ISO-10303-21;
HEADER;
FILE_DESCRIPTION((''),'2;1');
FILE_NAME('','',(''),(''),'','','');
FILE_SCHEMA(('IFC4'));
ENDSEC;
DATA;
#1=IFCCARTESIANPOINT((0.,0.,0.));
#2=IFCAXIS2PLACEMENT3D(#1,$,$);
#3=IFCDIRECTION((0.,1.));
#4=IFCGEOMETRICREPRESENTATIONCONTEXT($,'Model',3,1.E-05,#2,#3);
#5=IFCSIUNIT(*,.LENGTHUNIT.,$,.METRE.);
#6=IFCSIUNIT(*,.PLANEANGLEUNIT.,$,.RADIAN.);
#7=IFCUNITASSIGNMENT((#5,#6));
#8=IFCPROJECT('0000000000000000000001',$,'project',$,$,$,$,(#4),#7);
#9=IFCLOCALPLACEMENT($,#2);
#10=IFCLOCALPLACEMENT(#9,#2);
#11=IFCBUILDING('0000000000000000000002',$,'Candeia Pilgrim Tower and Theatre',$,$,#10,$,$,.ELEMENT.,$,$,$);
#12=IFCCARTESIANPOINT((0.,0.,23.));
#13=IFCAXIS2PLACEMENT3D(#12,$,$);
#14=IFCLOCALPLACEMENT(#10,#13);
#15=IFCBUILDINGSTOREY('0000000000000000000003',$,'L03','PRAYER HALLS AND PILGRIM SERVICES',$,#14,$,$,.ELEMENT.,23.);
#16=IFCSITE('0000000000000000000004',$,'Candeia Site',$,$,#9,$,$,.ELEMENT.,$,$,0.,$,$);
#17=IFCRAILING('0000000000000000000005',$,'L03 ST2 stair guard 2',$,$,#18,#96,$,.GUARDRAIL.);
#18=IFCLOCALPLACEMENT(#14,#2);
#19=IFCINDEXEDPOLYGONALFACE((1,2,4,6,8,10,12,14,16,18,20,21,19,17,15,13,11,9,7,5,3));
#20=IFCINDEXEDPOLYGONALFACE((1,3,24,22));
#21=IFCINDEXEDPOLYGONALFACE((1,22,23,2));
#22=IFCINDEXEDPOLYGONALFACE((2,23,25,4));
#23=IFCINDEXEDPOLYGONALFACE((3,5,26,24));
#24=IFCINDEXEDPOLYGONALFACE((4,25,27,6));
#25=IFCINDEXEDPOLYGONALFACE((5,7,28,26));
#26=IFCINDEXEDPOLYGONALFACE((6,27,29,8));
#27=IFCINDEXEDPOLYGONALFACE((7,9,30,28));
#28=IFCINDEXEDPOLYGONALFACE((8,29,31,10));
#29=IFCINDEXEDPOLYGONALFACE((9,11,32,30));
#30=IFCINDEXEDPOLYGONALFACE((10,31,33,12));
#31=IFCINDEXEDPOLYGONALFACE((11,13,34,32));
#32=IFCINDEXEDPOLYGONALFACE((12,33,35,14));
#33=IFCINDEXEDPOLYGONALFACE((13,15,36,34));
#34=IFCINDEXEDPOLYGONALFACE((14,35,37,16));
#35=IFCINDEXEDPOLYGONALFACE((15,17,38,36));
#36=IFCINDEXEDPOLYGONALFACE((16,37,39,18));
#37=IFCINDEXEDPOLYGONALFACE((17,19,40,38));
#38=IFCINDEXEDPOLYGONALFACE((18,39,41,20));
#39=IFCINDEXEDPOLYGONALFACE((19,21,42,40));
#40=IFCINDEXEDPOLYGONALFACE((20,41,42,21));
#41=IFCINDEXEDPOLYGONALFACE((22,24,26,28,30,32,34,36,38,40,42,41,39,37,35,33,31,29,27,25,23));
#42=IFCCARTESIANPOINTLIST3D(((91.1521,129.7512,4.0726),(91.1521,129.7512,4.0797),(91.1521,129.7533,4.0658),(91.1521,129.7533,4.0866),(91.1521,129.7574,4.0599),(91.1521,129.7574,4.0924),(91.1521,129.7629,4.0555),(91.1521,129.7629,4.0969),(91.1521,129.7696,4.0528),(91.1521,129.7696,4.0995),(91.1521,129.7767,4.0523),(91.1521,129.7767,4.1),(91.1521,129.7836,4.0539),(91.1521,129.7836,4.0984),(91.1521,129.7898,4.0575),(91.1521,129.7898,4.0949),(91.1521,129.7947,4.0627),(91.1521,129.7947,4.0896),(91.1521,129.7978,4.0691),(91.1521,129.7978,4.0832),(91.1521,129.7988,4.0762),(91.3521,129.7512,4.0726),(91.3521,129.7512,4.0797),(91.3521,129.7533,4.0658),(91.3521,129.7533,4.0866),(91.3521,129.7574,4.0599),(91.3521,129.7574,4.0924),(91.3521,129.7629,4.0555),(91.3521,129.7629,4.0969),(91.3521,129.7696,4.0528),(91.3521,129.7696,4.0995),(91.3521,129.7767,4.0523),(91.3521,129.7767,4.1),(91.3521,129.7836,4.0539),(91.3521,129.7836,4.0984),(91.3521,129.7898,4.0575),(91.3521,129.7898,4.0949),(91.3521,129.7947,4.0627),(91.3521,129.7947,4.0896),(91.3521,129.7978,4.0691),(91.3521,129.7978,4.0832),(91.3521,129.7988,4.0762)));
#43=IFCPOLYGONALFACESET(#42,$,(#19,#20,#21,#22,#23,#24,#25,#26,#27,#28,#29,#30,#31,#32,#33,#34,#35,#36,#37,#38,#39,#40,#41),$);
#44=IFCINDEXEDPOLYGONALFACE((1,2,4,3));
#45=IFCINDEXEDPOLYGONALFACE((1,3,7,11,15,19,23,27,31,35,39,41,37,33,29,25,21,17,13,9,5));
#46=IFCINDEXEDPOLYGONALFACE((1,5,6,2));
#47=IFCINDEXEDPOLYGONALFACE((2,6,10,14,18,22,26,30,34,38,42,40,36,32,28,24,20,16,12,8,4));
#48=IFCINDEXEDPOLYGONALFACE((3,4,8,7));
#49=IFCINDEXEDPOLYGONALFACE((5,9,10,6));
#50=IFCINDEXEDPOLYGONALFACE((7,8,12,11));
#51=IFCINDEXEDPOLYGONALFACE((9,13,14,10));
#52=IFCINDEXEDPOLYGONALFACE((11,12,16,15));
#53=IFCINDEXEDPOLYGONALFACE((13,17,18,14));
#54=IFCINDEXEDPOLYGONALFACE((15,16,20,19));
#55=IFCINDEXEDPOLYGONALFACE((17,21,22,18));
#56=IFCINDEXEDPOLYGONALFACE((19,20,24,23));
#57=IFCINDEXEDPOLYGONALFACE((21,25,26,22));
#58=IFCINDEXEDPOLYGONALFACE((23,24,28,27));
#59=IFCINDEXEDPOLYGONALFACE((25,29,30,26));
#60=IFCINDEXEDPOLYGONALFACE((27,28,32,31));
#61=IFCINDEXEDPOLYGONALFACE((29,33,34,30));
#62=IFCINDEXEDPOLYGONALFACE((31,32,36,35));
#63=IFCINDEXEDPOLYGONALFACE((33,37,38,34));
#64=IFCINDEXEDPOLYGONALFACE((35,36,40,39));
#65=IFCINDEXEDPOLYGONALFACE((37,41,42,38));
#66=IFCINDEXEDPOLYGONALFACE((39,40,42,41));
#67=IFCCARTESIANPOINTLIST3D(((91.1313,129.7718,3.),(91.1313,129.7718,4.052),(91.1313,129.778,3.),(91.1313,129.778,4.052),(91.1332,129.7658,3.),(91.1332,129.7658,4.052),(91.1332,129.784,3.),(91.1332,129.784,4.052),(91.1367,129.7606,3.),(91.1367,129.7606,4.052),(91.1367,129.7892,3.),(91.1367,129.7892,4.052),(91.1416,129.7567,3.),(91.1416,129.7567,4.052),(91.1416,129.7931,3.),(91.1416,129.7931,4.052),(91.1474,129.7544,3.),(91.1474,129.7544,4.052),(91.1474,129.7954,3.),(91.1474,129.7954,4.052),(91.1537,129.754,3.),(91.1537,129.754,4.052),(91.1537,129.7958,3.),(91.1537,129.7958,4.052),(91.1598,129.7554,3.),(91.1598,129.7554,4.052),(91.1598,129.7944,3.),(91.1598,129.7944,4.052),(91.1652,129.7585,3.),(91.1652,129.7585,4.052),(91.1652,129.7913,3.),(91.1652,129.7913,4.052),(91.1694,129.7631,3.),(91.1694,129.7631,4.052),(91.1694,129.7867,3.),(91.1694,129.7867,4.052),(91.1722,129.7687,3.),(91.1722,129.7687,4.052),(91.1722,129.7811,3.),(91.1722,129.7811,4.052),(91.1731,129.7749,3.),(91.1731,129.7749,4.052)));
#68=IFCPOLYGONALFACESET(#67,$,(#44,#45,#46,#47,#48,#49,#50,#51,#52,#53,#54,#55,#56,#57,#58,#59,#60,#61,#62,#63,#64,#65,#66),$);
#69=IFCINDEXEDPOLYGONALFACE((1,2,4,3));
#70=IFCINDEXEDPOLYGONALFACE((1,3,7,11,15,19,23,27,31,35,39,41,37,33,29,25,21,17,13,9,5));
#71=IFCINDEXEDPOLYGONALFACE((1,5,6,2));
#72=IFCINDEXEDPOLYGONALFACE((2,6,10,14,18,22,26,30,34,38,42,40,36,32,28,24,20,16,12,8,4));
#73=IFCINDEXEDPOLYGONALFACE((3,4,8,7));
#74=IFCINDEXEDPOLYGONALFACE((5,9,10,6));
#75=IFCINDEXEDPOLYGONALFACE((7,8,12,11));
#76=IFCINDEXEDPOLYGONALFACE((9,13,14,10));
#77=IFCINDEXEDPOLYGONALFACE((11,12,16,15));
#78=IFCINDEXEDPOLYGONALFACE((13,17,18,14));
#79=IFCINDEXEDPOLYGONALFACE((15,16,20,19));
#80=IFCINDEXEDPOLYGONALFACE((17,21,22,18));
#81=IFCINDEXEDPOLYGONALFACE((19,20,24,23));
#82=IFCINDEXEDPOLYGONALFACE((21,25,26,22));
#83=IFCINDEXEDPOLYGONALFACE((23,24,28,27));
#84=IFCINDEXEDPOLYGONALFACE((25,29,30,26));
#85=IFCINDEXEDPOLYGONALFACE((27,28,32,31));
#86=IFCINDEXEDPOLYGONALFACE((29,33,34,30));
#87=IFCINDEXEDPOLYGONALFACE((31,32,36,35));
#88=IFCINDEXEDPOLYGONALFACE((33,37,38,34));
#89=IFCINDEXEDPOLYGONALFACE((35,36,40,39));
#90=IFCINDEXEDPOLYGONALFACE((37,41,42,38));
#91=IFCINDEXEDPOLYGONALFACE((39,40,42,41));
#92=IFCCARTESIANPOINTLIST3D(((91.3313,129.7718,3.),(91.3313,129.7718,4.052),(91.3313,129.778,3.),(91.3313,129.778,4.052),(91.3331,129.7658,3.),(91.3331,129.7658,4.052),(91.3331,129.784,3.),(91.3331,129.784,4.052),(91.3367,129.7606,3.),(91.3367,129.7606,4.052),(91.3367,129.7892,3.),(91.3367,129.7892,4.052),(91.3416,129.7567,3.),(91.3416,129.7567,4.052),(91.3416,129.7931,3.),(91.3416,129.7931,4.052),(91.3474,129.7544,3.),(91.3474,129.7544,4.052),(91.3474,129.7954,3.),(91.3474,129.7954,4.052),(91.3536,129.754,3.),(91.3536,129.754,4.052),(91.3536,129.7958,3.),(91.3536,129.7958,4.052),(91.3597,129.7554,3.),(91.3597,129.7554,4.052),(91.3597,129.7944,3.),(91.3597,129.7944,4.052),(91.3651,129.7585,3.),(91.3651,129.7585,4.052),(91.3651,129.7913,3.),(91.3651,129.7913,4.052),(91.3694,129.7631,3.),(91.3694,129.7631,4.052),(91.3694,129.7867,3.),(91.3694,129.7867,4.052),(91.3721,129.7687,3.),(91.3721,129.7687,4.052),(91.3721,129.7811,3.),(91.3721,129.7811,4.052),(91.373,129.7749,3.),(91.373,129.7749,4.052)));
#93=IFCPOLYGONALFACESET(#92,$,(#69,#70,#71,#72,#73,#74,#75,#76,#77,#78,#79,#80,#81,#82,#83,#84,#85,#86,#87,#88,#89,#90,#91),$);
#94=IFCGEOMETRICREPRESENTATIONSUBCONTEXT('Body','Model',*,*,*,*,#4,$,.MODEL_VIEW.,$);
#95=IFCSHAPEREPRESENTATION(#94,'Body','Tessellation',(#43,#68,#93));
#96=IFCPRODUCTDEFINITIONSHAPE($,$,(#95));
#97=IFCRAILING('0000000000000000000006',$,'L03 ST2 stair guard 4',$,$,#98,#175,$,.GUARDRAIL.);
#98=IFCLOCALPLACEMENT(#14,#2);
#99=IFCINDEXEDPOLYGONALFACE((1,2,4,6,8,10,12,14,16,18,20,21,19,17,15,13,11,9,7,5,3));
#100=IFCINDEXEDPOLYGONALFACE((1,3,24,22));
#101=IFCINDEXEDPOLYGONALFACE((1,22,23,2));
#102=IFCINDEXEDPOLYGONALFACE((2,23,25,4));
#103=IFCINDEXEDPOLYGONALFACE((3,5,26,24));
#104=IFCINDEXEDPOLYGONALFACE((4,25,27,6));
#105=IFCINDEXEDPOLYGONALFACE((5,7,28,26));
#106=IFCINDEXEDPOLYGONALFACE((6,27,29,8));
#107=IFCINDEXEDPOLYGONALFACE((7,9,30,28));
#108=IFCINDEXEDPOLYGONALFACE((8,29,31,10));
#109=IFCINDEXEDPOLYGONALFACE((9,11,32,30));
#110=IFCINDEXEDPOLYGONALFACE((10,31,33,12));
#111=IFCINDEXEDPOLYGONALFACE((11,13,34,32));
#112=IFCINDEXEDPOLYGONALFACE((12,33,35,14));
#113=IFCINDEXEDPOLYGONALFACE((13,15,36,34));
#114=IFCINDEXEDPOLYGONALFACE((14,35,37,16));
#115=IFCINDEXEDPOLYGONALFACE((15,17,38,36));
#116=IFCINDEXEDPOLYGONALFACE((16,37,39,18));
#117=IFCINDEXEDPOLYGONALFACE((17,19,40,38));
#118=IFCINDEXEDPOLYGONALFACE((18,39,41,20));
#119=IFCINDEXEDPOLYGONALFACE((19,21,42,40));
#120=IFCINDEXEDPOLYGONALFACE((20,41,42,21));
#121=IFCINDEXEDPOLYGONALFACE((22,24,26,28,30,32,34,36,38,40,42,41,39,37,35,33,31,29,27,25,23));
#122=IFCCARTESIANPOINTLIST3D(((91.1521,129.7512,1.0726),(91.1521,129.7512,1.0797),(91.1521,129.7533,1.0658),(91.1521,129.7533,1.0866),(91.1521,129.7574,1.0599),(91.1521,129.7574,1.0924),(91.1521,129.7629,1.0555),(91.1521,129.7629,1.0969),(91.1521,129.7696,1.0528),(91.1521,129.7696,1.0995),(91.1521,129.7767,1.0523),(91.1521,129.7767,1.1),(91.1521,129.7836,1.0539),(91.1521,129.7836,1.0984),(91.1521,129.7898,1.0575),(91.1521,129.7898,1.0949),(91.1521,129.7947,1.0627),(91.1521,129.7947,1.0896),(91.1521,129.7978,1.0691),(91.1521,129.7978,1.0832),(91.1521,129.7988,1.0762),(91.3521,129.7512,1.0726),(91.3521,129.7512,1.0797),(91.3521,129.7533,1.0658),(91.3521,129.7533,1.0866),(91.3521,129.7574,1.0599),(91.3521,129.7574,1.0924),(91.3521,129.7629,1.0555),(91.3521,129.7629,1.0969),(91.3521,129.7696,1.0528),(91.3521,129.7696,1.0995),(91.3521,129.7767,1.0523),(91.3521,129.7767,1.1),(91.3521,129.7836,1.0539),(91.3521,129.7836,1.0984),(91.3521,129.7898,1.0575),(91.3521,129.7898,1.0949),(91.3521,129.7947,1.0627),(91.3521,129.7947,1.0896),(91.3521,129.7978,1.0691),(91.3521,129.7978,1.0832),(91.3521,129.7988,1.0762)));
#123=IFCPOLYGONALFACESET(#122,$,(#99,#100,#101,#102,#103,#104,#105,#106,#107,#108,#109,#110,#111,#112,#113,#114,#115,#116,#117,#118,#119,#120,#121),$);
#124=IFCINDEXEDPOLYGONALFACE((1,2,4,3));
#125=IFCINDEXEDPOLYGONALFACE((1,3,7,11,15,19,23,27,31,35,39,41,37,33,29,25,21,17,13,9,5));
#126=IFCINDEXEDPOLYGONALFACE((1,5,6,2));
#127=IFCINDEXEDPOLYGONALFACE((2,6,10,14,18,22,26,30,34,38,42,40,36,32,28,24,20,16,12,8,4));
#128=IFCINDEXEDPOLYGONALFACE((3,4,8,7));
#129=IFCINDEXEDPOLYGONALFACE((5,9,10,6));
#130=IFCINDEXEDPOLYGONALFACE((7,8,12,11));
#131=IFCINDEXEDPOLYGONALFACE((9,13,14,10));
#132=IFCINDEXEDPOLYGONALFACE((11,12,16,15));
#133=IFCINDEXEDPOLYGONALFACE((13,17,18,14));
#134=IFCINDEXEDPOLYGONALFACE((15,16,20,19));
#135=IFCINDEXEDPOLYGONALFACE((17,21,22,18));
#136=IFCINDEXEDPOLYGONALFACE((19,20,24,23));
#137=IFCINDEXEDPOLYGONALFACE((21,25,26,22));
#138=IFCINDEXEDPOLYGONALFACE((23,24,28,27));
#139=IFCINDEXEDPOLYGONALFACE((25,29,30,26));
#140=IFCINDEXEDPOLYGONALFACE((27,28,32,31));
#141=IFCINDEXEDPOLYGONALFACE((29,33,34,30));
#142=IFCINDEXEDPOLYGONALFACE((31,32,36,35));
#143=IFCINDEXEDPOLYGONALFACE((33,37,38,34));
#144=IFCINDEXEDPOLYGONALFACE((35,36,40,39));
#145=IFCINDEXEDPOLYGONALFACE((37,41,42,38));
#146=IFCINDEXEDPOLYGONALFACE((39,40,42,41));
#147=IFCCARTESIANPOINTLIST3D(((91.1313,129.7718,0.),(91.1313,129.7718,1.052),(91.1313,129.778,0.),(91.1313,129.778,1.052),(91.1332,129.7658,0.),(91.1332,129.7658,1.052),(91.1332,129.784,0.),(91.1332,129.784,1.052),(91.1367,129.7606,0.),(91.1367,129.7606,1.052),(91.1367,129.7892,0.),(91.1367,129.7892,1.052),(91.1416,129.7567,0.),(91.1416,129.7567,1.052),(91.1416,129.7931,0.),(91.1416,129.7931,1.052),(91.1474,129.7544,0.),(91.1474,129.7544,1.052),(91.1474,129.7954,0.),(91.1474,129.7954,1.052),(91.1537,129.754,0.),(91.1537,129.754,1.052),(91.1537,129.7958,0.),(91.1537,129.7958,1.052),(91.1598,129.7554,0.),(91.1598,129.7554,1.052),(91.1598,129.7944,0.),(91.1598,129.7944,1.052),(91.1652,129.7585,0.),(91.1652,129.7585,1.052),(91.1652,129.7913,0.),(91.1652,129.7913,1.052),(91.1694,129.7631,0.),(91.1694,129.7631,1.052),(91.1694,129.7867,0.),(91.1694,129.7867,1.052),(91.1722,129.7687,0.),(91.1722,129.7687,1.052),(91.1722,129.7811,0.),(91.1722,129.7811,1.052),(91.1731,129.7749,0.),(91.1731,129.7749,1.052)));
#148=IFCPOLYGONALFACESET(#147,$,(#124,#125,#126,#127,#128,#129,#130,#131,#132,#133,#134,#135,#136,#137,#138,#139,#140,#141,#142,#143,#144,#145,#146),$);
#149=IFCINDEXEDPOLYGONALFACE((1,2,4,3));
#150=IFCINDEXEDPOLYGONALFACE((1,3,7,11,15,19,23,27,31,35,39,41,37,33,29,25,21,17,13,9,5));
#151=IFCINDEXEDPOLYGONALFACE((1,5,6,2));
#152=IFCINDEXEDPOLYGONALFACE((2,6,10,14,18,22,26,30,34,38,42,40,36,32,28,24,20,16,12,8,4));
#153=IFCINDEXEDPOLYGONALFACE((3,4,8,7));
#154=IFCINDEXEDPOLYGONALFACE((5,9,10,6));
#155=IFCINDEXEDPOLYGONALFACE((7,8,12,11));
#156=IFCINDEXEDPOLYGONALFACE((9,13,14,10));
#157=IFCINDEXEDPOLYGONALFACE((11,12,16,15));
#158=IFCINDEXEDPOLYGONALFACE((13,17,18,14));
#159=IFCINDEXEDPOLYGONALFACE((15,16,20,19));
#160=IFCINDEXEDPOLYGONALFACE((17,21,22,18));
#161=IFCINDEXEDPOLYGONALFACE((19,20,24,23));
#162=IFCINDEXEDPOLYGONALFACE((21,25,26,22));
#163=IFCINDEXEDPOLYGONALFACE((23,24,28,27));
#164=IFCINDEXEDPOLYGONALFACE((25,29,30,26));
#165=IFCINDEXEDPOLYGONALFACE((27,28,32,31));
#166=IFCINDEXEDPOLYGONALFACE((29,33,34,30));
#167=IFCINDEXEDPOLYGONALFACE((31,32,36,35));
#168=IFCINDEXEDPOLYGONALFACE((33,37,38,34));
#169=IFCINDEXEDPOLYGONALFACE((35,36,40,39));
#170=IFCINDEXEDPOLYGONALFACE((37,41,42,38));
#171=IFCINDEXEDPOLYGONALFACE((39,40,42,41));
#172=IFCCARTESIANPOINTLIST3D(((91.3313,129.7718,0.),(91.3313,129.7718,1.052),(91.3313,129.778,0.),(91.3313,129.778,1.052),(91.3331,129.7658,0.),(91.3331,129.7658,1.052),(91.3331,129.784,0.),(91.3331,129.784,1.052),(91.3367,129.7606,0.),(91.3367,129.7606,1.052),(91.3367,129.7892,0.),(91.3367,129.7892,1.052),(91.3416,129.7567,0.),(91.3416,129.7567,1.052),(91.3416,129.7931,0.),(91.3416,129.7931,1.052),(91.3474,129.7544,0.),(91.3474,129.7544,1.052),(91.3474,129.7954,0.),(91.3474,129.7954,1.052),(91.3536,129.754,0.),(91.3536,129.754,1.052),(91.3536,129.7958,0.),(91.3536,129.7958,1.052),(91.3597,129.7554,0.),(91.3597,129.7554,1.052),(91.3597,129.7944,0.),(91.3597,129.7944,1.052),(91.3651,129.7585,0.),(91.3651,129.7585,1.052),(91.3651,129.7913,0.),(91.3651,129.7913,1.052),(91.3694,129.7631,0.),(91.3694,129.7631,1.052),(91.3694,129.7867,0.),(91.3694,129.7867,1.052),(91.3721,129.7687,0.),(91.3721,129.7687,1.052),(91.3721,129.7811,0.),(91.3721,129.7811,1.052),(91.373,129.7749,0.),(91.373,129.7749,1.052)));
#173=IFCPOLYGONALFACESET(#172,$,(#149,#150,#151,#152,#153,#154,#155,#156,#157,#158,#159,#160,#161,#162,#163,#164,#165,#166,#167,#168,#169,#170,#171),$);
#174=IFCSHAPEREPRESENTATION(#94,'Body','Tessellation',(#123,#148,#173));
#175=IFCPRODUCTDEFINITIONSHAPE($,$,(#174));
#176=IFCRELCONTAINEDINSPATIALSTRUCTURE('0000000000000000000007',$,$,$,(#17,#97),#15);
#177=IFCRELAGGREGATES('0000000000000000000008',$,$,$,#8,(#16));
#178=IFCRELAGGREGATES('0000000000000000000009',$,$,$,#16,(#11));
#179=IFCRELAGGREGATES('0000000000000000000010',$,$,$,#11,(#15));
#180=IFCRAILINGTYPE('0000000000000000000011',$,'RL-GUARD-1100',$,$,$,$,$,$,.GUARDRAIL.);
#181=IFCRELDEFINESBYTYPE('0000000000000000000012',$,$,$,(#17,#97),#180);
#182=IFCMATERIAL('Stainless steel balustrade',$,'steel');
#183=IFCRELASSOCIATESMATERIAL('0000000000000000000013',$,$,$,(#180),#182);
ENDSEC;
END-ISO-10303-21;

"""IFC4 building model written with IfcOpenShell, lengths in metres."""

from ifc_helpers import new_model, si_unit, direction, frame, origin, origin_2d, place, context, subcontext, project, spatial, circle, extrude, material, type_object, element, save


model = new_model("IFC4")

# Units and contexts
model_context = context("Model", 3, precision=1e-05, world=origin(), true_north=direction((0.0, 1.0)))
body_context = subcontext(model_context, "Body", "Model", "MODEL_VIEW")
ifc_project = project(units=[si_unit("LENGTHUNIT", "METRE"), si_unit("PLANEANGLEUNIT", "RADIAN")], contexts=[model_context])

# Site, building, storey
site_placement = place(None, origin())
site = spatial("IfcSite", under=ifc_project, at=site_placement, Name="Candeia Site", CompositionType="ELEMENT", RefElevation=0.0)
building_placement = place(site_placement, origin())
building = spatial("IfcBuilding", under=site, at=building_placement, Name="Candeia Pilgrim Tower and Theatre", CompositionType="ELEMENT")
storey_placement = place(building_placement, frame((0.0, 0.0, 23.0)))
storey = spatial("IfcBuildingStorey", under=building, at=storey_placement, Name="L03", Description="PRAYER HALLS AND PILGRIM SERVICES", CompositionType="ELEMENT", Elevation=23.0)

# Railings
ifc_material_1 = material(Name="Stainless steel balustrade", Category="steel")
railing_type_1 = type_object("IfcRailingType", Name="RL-GUARD-1100", PredefinedType="GUARDRAIL", material=ifc_material_1)
railing_1_placement = place(storey_placement, frame((91.1521, 129.7749, 3.0)))
element("IfcRailing", 1, at=railing_1_placement, inside=storey, type_object=railing_type_1, Name="L03 ST2 stair guard 2", PredefinedType="GUARDRAIL", context=body_context, shape_type="SweptSolid", body=[
    extrude(circle(Radius=0.0239, at=origin_2d()), frame((0.0, 0.0, 1.0762), z_axis=(1.0, 0.0, 0.0), x_axis=(0.0, 1.0, 0.0)), (0.0, 0.0, 1.0), 0.2),
    extrude(circle(Radius=0.021, at=origin_2d()), origin(), (0.0, 0.0, 1.0), 1.052),
    extrude(circle(Radius=0.021, at=origin_2d()), frame((0.2, 0.0, 0.0)), (0.0, 0.0, 1.0), 1.052),
])
railing_2_placement = place(storey_placement, frame((91.1521, 129.7749, 0.0)))
element("IfcRailing", 2, at=railing_2_placement, inside=storey, type_object=railing_type_1, Name="L03 ST2 stair guard 4", PredefinedType="GUARDRAIL", context=body_context, shape_type="SweptSolid", body=[
    extrude(circle(Radius=0.0239, at=origin_2d()), frame((0.0, 0.0, 1.0762), z_axis=(1.0, 0.0, 0.0), x_axis=(0.0, 1.0, 0.0)), (0.0, 0.0, 1.0), 0.2),
    extrude(circle(Radius=0.021, at=origin_2d()), origin(), (0.0, 0.0, 1.0), 1.052),
    extrude(circle(Radius=0.021, at=origin_2d()), frame((0.2, 0.0, 0.0)), (0.0, 0.0, 1.0), 1.052),
])

save(model, "model.ifc")
